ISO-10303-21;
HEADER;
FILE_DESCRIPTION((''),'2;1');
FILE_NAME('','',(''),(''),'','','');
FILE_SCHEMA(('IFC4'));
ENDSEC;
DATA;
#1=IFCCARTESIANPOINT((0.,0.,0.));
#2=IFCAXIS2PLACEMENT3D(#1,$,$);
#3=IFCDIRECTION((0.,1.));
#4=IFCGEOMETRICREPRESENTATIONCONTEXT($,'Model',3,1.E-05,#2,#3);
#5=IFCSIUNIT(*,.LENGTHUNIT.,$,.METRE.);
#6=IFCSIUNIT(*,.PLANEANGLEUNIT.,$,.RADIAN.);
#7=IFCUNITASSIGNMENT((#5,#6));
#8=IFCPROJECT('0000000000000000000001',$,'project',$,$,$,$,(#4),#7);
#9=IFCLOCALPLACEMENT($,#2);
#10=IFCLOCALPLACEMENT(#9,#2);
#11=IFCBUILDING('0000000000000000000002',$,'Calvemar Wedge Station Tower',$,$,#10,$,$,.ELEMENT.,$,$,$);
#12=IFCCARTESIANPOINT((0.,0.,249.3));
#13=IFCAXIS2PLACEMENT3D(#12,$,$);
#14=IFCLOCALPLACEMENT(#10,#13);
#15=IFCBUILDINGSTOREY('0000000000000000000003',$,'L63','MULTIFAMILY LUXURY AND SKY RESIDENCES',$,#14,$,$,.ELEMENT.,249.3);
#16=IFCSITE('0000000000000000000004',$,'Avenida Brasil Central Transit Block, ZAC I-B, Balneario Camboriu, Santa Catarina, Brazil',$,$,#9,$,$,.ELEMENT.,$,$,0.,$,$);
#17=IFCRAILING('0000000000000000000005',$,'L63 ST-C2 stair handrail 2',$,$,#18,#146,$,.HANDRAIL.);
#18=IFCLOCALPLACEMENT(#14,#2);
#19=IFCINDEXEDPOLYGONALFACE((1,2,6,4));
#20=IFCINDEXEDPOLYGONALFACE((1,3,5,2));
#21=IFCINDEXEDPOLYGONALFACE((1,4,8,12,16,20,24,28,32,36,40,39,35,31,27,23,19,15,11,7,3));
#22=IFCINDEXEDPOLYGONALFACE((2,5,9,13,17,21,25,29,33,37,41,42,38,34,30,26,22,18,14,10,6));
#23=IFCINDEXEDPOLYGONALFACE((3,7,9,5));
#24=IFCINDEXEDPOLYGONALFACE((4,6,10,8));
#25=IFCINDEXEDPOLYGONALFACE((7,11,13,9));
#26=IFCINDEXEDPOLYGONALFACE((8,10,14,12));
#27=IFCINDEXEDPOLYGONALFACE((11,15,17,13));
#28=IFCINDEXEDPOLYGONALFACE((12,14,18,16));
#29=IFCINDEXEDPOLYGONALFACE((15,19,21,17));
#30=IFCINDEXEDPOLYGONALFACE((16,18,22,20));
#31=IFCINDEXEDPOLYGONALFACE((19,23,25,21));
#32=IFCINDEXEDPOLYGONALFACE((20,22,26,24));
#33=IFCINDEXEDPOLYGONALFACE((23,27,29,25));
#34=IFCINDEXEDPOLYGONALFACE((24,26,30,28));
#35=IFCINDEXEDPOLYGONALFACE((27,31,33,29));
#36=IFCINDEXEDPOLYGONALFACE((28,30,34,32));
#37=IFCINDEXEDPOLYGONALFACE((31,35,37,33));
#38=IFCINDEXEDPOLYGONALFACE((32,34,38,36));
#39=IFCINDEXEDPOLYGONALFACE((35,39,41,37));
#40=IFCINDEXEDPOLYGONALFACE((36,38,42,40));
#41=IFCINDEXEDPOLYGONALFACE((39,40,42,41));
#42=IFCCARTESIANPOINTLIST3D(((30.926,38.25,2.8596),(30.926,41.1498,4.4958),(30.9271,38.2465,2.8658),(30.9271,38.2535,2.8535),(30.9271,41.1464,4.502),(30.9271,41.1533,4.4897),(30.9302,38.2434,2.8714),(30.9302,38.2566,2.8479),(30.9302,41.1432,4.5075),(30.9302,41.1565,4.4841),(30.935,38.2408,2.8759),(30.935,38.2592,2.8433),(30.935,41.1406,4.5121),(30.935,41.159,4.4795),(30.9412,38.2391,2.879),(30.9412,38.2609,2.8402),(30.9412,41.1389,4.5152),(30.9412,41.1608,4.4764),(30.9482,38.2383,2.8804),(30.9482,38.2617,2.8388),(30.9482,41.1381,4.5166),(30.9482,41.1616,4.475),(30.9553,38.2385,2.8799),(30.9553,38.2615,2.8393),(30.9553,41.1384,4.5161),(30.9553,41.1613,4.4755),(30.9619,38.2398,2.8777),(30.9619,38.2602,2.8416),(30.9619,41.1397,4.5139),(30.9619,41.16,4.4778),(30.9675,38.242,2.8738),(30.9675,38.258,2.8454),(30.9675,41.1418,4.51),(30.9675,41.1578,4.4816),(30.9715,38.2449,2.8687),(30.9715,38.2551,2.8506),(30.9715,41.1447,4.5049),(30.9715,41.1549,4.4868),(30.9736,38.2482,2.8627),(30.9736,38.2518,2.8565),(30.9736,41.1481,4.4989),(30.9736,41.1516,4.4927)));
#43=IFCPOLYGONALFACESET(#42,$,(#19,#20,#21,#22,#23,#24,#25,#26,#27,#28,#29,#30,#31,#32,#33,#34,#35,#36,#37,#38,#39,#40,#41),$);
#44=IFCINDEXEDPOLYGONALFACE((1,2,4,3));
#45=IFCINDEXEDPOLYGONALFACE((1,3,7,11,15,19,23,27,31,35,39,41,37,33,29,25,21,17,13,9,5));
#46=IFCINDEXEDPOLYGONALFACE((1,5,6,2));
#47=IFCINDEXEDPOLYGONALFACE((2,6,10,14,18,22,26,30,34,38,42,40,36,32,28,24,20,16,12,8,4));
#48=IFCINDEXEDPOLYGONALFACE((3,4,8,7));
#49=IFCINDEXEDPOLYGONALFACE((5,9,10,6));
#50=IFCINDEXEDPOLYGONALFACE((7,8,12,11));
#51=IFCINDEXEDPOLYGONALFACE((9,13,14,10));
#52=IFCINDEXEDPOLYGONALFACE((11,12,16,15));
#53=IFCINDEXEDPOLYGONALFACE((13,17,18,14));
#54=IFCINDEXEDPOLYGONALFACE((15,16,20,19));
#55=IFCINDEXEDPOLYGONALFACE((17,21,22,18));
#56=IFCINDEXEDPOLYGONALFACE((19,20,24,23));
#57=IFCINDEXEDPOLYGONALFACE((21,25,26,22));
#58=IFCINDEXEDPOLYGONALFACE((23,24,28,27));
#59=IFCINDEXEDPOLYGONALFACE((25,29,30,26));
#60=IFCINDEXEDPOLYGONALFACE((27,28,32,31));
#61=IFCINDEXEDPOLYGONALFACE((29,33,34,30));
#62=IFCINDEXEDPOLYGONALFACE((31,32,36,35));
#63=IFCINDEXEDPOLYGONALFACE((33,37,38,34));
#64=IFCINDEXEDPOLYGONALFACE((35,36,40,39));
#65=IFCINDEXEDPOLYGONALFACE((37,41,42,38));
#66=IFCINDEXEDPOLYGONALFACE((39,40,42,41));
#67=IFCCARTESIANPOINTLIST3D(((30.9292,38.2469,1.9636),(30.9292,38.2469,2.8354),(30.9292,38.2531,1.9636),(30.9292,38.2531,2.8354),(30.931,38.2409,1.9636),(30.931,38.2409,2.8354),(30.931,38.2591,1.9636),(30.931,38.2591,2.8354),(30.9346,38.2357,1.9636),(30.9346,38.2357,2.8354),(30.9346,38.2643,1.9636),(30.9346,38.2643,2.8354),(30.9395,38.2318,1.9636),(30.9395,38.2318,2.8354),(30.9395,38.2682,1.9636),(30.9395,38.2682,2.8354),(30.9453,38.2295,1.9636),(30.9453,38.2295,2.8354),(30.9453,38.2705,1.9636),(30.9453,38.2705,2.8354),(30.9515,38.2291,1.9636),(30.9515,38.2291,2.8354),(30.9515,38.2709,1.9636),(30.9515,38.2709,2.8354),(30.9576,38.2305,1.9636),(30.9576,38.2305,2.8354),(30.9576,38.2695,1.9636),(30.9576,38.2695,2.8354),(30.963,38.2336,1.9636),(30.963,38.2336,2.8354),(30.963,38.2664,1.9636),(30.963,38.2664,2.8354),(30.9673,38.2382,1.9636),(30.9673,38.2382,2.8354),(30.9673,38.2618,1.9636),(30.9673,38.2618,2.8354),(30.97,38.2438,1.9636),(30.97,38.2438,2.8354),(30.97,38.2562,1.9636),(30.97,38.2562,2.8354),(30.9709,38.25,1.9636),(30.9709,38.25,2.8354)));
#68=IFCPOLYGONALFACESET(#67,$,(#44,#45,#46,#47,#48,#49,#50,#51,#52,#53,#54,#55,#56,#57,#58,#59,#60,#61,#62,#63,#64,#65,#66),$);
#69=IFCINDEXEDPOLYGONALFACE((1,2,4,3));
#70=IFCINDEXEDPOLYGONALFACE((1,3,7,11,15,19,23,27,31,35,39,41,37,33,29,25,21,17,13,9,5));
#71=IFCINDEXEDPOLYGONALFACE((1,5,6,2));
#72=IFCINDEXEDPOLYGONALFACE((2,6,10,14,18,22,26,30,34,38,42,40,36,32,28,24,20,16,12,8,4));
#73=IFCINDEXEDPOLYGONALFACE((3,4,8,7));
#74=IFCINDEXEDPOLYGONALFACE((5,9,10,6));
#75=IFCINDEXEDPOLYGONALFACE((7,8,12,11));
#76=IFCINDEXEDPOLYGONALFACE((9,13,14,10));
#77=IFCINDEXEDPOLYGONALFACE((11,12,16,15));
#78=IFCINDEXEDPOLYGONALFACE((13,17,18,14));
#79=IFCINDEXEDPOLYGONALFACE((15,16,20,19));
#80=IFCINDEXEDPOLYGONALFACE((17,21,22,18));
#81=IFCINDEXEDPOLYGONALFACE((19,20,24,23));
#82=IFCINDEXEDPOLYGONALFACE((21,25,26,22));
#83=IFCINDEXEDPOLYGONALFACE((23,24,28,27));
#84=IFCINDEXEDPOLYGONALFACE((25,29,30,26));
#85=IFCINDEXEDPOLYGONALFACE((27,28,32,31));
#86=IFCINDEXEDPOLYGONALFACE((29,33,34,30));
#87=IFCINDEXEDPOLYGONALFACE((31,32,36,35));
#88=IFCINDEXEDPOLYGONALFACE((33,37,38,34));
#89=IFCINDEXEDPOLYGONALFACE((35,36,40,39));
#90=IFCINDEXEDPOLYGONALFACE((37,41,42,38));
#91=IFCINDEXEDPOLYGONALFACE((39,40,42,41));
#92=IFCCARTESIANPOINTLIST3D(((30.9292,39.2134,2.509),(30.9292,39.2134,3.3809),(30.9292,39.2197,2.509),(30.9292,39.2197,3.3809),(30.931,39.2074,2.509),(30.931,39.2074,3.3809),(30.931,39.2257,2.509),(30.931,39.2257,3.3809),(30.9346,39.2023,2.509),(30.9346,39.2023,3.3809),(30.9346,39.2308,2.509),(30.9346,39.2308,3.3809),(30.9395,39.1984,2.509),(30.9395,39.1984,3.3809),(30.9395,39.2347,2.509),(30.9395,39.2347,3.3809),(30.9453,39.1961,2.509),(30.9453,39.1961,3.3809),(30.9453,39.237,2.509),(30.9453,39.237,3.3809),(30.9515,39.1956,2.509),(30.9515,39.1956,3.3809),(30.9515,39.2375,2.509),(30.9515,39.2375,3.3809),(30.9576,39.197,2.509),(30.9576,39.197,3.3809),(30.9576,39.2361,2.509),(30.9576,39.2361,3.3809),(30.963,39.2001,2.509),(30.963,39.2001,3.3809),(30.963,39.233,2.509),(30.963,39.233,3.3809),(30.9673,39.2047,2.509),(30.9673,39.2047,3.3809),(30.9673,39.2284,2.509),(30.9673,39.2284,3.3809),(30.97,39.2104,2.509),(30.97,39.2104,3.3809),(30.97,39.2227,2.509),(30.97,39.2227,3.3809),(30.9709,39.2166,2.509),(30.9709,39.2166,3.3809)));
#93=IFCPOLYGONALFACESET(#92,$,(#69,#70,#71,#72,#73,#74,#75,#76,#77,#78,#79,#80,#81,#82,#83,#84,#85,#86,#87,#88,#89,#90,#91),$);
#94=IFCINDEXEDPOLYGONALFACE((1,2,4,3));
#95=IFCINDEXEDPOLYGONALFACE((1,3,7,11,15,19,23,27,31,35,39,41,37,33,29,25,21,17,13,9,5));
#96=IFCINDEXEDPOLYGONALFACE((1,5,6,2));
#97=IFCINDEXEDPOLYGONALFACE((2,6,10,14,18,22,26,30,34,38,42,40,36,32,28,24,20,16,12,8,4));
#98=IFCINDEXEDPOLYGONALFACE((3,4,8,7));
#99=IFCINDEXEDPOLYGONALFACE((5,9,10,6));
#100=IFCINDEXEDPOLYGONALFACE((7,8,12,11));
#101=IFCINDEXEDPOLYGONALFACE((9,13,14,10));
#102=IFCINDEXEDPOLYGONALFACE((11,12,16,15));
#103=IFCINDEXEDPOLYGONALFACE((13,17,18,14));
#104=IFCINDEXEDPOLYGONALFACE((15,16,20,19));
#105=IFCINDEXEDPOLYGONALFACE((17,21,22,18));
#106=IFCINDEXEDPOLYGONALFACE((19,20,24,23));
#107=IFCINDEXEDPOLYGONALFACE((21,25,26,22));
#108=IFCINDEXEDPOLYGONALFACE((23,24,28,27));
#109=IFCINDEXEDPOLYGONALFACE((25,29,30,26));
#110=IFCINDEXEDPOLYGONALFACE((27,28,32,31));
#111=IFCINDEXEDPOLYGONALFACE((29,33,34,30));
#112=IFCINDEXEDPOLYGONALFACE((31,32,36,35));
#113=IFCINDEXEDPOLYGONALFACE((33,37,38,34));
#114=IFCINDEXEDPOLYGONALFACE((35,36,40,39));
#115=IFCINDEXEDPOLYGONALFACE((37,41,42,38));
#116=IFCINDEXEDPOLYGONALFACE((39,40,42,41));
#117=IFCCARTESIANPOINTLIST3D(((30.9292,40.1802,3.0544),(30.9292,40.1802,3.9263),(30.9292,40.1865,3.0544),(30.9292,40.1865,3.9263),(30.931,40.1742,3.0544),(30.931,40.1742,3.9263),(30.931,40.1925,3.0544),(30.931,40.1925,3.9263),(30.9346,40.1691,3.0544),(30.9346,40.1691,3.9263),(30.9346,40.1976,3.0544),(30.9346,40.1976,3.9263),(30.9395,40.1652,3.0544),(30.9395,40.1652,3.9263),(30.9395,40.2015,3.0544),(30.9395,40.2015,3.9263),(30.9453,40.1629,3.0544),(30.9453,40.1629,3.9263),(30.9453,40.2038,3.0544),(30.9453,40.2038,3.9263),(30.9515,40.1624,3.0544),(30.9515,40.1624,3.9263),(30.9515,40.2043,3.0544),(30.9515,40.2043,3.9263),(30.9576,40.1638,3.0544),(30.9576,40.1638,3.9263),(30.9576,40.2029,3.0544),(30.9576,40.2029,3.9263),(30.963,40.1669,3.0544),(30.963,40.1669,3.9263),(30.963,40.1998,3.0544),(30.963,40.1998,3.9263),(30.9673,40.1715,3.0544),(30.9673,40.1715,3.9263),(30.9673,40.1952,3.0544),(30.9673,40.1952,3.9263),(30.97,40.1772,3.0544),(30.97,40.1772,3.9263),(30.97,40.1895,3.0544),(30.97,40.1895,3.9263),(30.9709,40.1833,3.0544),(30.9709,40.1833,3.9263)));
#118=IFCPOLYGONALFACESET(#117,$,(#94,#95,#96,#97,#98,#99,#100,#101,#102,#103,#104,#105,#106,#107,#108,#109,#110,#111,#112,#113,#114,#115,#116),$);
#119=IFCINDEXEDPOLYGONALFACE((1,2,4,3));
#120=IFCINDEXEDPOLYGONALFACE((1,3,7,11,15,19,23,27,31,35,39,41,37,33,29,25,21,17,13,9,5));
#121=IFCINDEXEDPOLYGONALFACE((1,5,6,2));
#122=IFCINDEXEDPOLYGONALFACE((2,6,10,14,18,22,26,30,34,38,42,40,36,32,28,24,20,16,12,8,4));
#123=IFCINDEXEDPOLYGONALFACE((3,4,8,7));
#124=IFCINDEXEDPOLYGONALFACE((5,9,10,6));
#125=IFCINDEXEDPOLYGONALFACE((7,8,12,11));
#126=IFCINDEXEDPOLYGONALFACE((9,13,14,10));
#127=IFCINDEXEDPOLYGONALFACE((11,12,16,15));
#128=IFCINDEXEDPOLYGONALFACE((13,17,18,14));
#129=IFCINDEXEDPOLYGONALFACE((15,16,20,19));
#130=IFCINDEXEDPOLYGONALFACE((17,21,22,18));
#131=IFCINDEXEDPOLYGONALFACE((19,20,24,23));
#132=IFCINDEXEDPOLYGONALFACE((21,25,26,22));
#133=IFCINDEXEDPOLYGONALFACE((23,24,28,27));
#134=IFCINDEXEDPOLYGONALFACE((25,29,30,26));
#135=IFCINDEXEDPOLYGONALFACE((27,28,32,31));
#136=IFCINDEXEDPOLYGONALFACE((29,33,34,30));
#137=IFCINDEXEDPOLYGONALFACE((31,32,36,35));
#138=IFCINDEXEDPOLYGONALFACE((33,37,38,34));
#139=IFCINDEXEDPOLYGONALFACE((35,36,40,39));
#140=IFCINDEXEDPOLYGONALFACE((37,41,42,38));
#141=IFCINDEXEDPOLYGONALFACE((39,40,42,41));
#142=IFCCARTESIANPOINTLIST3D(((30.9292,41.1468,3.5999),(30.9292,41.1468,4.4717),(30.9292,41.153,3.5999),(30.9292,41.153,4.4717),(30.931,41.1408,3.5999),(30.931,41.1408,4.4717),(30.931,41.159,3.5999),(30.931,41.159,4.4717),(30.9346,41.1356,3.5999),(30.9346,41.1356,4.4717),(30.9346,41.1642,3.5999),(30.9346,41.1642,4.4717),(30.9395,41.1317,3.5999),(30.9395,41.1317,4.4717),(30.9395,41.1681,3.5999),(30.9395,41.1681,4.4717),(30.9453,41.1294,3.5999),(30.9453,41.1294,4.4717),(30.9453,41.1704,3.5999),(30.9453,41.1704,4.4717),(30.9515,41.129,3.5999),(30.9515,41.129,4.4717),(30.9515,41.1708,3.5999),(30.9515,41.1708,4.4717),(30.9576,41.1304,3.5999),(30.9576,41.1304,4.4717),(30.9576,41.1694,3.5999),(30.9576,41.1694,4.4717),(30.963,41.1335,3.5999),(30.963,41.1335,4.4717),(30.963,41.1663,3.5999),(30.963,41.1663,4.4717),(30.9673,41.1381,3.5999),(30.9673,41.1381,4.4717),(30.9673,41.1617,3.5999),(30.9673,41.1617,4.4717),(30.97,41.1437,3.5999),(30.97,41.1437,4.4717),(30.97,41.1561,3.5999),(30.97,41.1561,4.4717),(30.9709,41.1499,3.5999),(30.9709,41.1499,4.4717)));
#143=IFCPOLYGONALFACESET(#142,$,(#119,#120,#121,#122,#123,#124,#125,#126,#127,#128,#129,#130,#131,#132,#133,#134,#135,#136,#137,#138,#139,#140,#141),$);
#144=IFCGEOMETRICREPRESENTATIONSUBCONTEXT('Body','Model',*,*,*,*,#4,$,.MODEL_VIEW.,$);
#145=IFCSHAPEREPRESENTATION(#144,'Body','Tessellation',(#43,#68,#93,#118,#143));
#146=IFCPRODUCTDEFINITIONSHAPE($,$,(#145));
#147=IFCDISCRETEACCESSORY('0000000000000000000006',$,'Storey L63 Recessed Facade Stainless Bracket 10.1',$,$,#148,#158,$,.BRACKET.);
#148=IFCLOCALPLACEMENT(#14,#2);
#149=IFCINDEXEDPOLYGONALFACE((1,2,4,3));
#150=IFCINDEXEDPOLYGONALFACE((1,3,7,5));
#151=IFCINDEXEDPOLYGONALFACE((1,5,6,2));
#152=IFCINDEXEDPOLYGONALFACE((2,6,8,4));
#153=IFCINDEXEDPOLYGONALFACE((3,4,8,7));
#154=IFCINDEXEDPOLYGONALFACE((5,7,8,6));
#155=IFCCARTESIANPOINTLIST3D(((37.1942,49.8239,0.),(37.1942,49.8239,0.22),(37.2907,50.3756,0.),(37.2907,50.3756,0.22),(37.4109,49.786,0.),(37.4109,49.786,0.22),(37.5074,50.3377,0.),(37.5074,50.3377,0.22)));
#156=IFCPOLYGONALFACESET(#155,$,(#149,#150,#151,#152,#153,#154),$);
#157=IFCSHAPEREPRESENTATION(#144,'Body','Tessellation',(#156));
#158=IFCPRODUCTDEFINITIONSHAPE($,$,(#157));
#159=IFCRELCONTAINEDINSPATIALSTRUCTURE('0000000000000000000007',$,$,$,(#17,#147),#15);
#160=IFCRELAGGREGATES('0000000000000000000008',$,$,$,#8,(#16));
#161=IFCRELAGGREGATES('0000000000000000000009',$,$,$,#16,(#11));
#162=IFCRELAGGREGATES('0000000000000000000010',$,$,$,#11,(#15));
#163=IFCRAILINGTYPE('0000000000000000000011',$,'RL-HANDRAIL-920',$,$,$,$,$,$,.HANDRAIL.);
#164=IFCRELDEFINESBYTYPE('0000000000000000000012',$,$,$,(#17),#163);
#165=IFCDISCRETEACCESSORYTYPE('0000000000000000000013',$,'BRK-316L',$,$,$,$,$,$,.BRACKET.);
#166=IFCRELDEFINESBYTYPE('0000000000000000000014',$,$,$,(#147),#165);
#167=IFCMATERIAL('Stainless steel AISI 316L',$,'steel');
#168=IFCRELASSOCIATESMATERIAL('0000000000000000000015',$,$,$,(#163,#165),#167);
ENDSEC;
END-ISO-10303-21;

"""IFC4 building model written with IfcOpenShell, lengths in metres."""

from ifc_helpers import new_model, si_unit, direction, frame, origin, origin_2d, place, context, subcontext, project, spatial, rectangle, circle, extrude, source, transform, mapped, material, type_object, element, save


model = new_model("IFC4")

# Units and contexts
model_context = context("Model", 3, precision=1e-05, world=origin(), true_north=direction((0.0, 1.0)))
body_context = subcontext(model_context, "Body", "Model", "MODEL_VIEW")
ifc_project = project(units=[si_unit("LENGTHUNIT", "METRE"), si_unit("PLANEANGLEUNIT", "RADIAN")], contexts=[model_context])

# Site, building, storey
site_placement = place(None, origin())
site = spatial("IfcSite", under=ifc_project, at=site_placement, Name="Avenida Brasil Central Transit Block, ZAC I-B, Balneario Camboriu, Santa Catarina, Brazil", CompositionType="ELEMENT", RefElevation=0.0)
building_placement = place(site_placement, origin())
building = spatial("IfcBuilding", under=site, at=building_placement, Name="Calvemar Wedge Station Tower", CompositionType="ELEMENT")
storey_placement = place(building_placement, frame((0.0, 0.0, 249.3)))
storey = spatial("IfcBuildingStorey", under=building, at=storey_placement, Name="L63", Description="MULTIFAMILY LUXURY AND SKY RESIDENCES", CompositionType="ELEMENT", Elevation=249.3)

# Railing
ifc_material_1 = material(Name="Stainless steel AISI 316L", Category="steel")
railing_type = type_object("IfcRailingType", Name="RL-HANDRAIL-920", PredefinedType="HANDRAIL", material=ifc_material_1)
railing_placement = place(storey_placement, frame((30.95, 38.25, 1.9636)))
element("IfcRailing", 1, at=railing_placement, inside=storey, type_object=railing_type, Name="L63 ST-C2 stair handrail 2", PredefinedType="HANDRAIL", context=body_context, shape_type="SweptSolid", body=[
    extrude(circle(Radius=0.0239, at=origin_2d()), frame((0.0, 0.0, 0.896), z_axis=(0.0, 0.870929, 0.49141), x_axis=(-1.0, 0.0, 0.0)), (0.0, 0.0, 1.0), 3.3296),
    extrude(circle(Radius=0.021, at=origin_2d()), origin(), (0.0, 0.0, 1.0), 0.8718),
    extrude(circle(Radius=0.021, at=origin_2d()), frame((0.0, 0.9666, 0.5454)), (0.0, 0.0, 1.0), 0.8718),
    extrude(circle(Radius=0.021, at=origin_2d()), frame((0.0, 1.9333, 1.0908)), (0.0, 0.0, 1.0), 0.8718),
    extrude(circle(Radius=0.021, at=origin_2d()), frame((0.0, 2.8999, 1.6362)), (0.0, 0.0, 1.0), 0.8718),
])

# Discrete accessory
discrete_accessory_type = type_object("IfcDiscreteAccessoryType", Name="BRK-316L", PredefinedType="BRACKET", material=ifc_material_1)
shared_shape_1 = source(origin(), body_context, "Body", "SweptSolid", [
    extrude(rectangle(XDim=0.22, YDim=0.5601, at=origin_2d()), origin(), (0.0, 0.0, 1.0), 0.22),
])
discrete_accessory_placement = place(storey_placement, frame((37.3508, 50.0808, 0.0), z_axis=(0.0, 0.0, 1.0), x_axis=(-0.985049, 0.172273, 0.0)))
element("IfcDiscreteAccessory", 2, at=discrete_accessory_placement, inside=storey, type_object=discrete_accessory_type, Name="Storey L63 Recessed Facade Stainless Bracket 10.1", PredefinedType="BRACKET", context=body_context, shape_type="MappedRepresentation", body=[
    mapped(shared_shape_1, transform((0.0, 0.0, 0.0), scale=1.0)),
])

save(model, "model.ifc")
